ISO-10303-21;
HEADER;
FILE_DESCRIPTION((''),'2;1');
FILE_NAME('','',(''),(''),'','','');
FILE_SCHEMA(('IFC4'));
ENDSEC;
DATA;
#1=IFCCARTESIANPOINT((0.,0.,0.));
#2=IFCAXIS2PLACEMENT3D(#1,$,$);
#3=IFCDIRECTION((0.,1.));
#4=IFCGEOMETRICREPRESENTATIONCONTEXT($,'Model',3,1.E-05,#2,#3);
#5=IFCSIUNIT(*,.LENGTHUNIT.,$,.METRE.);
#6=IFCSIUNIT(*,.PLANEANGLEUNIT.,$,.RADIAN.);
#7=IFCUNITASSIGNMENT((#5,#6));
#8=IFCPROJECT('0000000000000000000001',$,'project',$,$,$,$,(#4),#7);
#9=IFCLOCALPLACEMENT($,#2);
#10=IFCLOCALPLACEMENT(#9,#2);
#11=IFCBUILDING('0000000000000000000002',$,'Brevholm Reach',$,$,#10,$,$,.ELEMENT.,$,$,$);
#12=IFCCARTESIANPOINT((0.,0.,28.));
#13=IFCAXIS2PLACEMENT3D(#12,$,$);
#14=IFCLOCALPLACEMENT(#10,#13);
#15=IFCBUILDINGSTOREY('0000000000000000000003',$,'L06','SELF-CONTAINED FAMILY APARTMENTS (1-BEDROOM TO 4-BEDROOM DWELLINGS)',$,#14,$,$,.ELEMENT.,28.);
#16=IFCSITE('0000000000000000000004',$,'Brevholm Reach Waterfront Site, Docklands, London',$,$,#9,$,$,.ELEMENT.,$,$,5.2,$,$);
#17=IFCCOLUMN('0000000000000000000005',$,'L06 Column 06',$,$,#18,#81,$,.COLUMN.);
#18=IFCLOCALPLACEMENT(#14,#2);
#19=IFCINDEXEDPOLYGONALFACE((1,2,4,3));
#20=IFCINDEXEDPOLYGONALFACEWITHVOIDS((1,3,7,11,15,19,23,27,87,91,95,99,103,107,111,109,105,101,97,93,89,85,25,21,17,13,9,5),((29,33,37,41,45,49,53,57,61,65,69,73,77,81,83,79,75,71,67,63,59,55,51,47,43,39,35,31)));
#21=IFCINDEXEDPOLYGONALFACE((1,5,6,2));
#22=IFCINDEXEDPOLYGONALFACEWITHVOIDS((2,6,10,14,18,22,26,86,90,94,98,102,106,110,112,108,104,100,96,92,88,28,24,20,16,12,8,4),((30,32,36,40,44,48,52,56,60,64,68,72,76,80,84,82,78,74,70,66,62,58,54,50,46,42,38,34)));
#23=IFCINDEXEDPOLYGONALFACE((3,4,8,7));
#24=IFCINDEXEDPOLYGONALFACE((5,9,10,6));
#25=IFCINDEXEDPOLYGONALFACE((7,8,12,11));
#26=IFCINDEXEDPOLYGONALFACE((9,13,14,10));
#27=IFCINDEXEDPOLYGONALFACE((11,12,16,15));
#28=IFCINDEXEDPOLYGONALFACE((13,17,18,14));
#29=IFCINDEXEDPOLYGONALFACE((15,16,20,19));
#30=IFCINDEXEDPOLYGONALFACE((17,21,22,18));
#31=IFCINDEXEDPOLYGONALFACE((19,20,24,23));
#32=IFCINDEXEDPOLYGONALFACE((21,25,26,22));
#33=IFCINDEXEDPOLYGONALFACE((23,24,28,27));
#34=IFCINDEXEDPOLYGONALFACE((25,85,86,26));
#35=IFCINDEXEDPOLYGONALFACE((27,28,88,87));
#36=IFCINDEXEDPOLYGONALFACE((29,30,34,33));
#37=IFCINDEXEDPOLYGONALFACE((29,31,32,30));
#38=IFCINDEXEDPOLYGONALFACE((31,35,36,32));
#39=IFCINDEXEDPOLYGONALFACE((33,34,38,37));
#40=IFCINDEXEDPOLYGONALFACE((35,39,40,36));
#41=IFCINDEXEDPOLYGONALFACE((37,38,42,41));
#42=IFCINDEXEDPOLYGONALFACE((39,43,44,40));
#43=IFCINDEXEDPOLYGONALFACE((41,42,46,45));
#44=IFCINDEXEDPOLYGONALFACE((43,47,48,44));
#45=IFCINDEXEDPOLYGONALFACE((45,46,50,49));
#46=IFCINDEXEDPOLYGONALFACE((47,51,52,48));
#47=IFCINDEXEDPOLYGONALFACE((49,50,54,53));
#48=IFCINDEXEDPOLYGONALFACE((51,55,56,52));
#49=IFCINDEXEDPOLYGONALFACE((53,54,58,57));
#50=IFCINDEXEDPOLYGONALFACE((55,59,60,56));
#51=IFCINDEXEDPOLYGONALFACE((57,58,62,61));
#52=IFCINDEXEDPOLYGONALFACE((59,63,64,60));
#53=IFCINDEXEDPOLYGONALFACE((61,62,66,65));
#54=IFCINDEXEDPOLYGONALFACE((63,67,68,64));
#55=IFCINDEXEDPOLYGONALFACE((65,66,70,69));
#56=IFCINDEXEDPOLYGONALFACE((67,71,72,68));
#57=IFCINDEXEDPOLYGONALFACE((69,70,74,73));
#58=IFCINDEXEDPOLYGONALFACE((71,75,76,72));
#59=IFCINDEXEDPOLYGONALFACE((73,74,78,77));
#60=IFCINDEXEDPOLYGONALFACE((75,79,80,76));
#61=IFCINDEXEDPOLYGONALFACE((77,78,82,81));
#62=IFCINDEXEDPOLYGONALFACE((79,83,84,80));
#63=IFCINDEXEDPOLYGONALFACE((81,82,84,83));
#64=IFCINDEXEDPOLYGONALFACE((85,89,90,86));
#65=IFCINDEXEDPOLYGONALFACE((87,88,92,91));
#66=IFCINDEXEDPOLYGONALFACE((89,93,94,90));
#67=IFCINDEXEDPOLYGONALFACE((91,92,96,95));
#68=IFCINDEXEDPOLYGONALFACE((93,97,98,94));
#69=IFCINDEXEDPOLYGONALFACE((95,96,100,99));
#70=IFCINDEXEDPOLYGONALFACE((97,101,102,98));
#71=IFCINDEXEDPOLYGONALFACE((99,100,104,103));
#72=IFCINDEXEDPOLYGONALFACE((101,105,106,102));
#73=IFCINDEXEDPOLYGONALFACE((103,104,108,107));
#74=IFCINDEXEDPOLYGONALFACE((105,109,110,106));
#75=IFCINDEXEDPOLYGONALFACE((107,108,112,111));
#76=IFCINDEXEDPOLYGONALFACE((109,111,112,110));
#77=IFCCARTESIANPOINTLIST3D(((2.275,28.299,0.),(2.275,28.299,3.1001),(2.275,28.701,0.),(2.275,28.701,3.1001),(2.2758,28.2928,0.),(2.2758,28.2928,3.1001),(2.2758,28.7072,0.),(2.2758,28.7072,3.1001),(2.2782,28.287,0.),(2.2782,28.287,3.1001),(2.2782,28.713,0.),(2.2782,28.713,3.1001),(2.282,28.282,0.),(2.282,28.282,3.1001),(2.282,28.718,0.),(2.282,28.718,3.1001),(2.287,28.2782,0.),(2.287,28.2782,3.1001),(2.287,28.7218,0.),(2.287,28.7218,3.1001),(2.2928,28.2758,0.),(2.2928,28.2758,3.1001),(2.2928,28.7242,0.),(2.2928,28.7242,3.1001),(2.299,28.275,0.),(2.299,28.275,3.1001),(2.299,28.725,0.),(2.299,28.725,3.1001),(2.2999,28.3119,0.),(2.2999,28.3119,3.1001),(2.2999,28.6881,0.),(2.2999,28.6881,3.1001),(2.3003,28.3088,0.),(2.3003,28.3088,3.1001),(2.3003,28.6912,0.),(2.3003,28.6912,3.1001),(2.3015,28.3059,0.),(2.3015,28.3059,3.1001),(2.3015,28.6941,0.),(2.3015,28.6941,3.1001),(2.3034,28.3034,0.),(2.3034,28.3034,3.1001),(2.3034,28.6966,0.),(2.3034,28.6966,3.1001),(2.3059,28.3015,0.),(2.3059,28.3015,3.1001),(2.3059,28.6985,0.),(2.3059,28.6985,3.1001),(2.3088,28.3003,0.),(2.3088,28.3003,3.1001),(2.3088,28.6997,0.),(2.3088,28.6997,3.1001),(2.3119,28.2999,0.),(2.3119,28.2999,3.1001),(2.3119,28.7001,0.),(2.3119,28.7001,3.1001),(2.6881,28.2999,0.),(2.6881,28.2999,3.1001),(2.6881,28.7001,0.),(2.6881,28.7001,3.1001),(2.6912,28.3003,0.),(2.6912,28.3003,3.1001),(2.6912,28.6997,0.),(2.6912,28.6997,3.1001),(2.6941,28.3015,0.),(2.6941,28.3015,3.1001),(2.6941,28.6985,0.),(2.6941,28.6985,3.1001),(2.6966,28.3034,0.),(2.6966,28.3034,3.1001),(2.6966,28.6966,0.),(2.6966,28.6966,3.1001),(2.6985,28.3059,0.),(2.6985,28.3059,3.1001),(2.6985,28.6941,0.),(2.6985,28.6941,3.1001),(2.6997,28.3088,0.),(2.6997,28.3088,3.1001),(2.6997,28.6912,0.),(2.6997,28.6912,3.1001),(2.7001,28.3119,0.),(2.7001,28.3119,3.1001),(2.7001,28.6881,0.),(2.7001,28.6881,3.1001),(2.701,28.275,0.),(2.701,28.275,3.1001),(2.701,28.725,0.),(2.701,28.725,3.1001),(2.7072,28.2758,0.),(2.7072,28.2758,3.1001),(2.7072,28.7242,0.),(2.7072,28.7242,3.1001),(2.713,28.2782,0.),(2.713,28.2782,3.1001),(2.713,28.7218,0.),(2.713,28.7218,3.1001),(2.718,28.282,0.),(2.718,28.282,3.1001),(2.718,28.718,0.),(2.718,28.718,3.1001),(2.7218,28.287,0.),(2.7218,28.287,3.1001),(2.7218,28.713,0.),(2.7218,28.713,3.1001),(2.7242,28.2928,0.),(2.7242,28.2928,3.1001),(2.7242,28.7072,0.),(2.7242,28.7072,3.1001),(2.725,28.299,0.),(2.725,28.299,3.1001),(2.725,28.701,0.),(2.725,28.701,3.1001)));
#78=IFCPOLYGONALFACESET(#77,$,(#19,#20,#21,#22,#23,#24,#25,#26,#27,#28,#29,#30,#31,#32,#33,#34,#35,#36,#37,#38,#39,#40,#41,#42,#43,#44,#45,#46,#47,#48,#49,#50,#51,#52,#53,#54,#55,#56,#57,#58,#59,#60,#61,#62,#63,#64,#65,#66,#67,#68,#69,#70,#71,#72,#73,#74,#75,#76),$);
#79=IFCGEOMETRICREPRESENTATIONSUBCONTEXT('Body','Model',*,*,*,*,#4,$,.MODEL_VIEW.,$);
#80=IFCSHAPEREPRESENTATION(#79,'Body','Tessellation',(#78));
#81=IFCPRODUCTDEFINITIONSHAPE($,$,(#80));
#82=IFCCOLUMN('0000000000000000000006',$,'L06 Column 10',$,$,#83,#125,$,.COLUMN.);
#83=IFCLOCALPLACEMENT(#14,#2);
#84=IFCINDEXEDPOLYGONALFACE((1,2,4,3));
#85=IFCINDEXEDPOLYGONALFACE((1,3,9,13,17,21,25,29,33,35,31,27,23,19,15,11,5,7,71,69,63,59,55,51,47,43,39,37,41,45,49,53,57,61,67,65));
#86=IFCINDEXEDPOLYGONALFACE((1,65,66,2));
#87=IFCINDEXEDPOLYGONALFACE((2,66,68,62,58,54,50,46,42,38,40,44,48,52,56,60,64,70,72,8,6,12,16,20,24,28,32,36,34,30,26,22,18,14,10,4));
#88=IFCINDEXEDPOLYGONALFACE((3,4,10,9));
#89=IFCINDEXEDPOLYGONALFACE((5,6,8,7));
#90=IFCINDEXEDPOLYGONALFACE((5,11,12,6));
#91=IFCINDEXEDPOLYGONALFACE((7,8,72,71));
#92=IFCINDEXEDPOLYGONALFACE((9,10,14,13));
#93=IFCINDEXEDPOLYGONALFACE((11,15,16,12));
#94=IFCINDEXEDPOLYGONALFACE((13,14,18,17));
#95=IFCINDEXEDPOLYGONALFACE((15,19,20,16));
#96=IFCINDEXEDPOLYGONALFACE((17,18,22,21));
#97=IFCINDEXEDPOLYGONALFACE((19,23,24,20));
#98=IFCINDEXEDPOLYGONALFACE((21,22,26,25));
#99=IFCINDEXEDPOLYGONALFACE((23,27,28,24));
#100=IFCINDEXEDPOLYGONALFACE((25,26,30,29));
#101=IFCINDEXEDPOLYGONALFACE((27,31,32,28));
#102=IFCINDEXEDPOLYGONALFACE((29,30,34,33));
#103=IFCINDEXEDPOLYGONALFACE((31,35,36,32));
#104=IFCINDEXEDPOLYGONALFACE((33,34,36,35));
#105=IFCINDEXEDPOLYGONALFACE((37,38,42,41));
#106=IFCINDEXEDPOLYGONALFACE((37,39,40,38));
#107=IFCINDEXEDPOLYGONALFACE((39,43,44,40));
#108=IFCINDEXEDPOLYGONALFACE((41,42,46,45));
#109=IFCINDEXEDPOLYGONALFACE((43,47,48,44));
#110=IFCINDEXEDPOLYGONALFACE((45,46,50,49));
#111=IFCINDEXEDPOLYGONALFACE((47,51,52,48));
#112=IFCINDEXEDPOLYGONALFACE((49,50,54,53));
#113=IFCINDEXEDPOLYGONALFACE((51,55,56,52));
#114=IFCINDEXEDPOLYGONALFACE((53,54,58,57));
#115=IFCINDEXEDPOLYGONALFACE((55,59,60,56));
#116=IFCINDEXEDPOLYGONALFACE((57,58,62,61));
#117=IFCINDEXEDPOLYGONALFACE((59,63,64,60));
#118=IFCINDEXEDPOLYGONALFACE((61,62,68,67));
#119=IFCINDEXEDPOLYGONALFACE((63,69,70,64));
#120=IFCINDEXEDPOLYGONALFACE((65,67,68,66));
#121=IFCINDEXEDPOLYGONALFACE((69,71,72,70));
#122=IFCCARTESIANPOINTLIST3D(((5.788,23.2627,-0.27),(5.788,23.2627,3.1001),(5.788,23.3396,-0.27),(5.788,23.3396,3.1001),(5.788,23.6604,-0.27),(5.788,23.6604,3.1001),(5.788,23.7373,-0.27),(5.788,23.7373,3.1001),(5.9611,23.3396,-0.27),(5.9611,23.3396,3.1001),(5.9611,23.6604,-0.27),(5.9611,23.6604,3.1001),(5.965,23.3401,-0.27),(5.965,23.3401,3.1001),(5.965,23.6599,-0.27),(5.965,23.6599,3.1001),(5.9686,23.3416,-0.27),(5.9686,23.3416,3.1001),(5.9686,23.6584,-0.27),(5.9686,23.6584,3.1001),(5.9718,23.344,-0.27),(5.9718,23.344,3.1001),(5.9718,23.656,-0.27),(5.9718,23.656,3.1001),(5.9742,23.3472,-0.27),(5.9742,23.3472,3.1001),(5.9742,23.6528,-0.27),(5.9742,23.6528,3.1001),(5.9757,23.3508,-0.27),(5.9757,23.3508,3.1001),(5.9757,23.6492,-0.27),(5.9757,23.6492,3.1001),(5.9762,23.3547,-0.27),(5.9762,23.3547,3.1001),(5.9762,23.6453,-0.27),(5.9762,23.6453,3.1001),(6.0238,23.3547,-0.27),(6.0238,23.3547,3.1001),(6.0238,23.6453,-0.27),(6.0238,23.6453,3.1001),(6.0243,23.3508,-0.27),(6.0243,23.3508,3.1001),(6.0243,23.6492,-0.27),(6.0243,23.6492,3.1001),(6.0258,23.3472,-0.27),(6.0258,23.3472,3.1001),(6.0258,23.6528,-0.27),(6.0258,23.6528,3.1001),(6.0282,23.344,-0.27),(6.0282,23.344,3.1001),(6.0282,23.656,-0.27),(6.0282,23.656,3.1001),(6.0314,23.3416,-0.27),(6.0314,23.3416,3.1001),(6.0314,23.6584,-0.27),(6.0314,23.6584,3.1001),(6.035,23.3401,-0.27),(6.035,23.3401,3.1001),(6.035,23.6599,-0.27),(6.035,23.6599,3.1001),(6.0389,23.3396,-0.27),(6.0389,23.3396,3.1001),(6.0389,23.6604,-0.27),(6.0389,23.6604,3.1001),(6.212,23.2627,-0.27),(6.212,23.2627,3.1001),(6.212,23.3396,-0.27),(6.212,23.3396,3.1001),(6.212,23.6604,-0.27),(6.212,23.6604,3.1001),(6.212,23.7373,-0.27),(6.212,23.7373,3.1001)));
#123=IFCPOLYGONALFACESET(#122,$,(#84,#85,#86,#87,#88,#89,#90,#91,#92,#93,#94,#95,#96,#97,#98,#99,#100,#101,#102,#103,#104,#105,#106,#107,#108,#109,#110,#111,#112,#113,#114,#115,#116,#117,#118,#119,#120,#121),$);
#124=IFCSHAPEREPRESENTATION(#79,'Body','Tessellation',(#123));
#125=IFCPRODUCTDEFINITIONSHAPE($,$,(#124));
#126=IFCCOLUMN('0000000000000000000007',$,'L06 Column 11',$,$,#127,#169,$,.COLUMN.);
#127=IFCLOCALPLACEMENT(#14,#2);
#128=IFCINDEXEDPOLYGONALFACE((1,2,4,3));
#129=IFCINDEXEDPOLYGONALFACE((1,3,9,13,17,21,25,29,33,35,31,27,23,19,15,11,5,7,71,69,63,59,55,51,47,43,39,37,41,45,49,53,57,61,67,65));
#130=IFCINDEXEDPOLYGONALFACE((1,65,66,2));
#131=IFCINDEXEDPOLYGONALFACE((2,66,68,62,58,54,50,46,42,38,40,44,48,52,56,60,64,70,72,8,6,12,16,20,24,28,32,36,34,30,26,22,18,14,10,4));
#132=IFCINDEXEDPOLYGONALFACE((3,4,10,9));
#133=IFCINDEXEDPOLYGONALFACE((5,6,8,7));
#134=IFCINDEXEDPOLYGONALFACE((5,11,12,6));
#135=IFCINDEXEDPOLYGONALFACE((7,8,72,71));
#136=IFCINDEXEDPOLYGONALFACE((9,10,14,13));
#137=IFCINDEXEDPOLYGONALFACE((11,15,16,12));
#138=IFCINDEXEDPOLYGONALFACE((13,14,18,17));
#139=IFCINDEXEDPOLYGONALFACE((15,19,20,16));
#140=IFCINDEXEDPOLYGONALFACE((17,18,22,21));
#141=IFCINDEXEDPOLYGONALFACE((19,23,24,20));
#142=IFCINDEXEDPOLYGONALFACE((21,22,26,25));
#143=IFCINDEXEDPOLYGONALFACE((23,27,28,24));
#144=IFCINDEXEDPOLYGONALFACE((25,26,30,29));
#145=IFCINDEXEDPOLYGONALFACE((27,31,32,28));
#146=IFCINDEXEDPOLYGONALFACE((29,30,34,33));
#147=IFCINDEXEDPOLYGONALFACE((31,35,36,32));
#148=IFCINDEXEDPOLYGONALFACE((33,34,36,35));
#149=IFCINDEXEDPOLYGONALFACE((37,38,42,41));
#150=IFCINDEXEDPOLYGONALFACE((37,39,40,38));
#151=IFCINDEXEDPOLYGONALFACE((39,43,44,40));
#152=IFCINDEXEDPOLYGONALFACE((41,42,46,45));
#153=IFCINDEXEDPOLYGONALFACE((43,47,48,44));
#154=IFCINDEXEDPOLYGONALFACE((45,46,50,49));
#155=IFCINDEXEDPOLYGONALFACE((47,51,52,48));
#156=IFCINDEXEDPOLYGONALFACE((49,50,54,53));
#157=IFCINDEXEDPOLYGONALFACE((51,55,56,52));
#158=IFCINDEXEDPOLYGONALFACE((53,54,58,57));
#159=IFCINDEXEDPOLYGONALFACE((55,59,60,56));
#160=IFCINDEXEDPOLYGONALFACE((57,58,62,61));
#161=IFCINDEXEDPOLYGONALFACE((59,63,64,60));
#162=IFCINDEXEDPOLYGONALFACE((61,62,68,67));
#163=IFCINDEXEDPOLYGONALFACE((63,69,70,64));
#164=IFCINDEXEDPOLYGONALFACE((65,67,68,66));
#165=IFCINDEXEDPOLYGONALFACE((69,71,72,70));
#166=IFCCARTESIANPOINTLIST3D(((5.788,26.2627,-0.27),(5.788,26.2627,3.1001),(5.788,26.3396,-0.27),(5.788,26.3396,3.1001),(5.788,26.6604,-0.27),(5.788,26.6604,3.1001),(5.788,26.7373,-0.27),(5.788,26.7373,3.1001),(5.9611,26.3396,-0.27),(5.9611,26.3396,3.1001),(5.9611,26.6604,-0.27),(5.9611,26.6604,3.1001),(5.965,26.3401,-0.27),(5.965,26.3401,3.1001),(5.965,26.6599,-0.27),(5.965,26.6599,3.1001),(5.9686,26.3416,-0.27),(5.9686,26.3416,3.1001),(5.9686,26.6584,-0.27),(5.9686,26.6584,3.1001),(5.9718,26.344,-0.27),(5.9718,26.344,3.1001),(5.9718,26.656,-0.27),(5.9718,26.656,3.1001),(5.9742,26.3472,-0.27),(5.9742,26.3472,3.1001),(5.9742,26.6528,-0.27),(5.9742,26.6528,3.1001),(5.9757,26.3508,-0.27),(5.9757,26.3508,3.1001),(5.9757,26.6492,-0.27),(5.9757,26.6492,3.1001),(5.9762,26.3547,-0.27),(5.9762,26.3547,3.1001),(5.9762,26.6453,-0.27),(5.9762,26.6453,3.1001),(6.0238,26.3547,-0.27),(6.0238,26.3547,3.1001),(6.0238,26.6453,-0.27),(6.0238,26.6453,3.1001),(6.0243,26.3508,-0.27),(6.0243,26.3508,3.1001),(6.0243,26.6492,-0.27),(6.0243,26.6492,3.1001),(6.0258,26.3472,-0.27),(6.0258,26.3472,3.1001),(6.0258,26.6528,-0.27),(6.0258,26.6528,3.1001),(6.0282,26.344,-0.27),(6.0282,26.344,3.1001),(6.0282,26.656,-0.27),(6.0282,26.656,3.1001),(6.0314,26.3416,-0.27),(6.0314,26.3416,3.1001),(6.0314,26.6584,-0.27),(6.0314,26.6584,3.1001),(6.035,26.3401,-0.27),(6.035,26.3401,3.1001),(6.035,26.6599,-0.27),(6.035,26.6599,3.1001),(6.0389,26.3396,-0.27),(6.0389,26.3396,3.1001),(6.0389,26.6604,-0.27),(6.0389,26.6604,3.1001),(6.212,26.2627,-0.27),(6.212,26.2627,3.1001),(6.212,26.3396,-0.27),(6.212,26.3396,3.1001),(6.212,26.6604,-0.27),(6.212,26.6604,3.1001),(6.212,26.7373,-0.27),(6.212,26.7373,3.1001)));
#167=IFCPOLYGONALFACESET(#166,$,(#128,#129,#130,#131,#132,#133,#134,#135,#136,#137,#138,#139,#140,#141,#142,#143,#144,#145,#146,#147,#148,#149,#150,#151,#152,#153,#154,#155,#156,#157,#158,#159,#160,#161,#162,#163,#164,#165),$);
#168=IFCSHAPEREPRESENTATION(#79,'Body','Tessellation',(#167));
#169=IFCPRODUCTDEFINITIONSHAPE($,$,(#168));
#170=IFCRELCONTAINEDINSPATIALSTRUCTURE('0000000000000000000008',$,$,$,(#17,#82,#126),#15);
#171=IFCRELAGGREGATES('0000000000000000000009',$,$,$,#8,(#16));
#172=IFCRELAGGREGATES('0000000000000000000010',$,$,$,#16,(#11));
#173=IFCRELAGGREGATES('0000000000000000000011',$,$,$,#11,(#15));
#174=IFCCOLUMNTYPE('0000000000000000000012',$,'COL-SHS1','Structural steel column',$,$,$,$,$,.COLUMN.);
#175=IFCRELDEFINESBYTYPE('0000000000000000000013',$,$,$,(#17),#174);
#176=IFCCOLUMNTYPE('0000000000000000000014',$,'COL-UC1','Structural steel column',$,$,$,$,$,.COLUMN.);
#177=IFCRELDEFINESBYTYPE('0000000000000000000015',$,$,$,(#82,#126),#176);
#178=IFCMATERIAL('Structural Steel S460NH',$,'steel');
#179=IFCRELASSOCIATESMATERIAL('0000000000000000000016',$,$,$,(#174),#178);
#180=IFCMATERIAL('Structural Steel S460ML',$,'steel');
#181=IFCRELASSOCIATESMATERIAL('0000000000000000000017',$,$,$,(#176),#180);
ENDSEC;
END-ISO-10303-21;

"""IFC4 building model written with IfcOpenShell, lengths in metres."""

from ifc_helpers import new_model, si_unit, direction, frame, origin, origin_2d, place, context, subcontext, project, spatial, hollow_rectangle, i_section, extrude, material, material_profile, profile_set, type_object, element, save


model = new_model("IFC4")

# Units and contexts
model_context = context("Model", 3, precision=1e-05, world=origin(), true_north=direction((0.0, 1.0)))
body_context = subcontext(model_context, "Body", "Model", "MODEL_VIEW")
ifc_project = project(units=[si_unit("LENGTHUNIT", "METRE"), si_unit("PLANEANGLEUNIT", "RADIAN")], contexts=[model_context])

# Site, building, storey
site_placement = place(None, origin())
site = spatial("IfcSite", under=ifc_project, at=site_placement, Name="Brevholm Reach Waterfront Site, Docklands, London", CompositionType="ELEMENT", RefElevation=5.2)
building_placement = place(site_placement, origin())
building = spatial("IfcBuilding", under=site, at=building_placement, Name="Brevholm Reach", CompositionType="ELEMENT")
storey_placement = place(building_placement, frame((0.0, 0.0, 28.0)))
storey = spatial("IfcBuildingStorey", under=building, at=storey_placement, Name="L06", Description="SELF-CONTAINED FAMILY APARTMENTS (1-BEDROOM TO 4-BEDROOM DWELLINGS)", CompositionType="ELEMENT", Elevation=28.0)

# Columns
ifc_material_1 = material(Name="Structural Steel S460NH", Category="steel")
ifc_material_profile_1 = material_profile(ifc_material_1, hollow_rectangle(XDim=0.45, YDim=0.45, WallThickness=0.0249, InnerFilletRadius=0.012, OuterFilletRadius=0.0239, at=origin_2d()), Name="SHS 450x450x25")
ifc_profile_set_1 = profile_set([ifc_material_profile_1], Name="Structural Steel S460NH")
column_type_1 = type_object("IfcColumnType", Name="COL-SHS1", Description="Structural steel column", PredefinedType="COLUMN", material=ifc_profile_set_1)
column_placement = place(storey_placement, frame((2.5, 28.5, 0.0), z_axis=(0.0, 0.0, 1.0), x_axis=(1.0, 0.0, 0.0)))
element("IfcColumn", 1, at=column_placement, inside=storey, type_object=column_type_1, Name="L06 Column 06", PredefinedType="COLUMN", context=body_context, shape_type="SweptSolid", body=[
    extrude(hollow_rectangle(XDim=0.45, YDim=0.45, WallThickness=0.0249, InnerFilletRadius=0.012, OuterFilletRadius=0.0239, at=origin_2d()), origin(), (0.0, 0.0, 1.0), 3.1001),
])
ifc_material_2 = material(Name="Structural Steel S460ML", Category="steel")
ifc_material_profile_2 = material_profile(ifc_material_2, i_section(OverallWidth=0.4241, OverallDepth=0.4746, WebThickness=0.0476, FlangeThickness=0.0769, FilletRadius=0.0151, at=origin_2d()), Name="UKC 356x406x634")
ifc_profile_set_2 = profile_set([ifc_material_profile_2], Name="Structural Steel S460ML")
column_type_2 = type_object("IfcColumnType", Name="COL-UC1", Description="Structural steel column", PredefinedType="COLUMN", material=ifc_profile_set_2)
for number, where, z_axis, x_axis, name in (
    (2, (6.0, 23.5, -0.27), (0.0, 0.0, 1.0), (1.0, 0.0, 0.0), "L06 Column 10"),
    (3, (6.0, 26.5, -0.27), (0.0, 0.0, 1.0), (1.0, 0.0, 0.0), "L06 Column 11"),
):
    element("IfcColumn", number, at=place(storey_placement, frame(where, z_axis=z_axis, x_axis=x_axis)), inside=storey, type_object=column_type_2, Name=name, PredefinedType="COLUMN", context=body_context, shape_type="SweptSolid", body=[
        extrude(i_section(OverallWidth=0.4241, OverallDepth=0.4746, WebThickness=0.0476, FlangeThickness=0.0769, FilletRadius=0.0151, at=origin_2d()), origin(), (0.0, 0.0, 1.0), 3.3701),
    ])

save(model, "model.ifc")
